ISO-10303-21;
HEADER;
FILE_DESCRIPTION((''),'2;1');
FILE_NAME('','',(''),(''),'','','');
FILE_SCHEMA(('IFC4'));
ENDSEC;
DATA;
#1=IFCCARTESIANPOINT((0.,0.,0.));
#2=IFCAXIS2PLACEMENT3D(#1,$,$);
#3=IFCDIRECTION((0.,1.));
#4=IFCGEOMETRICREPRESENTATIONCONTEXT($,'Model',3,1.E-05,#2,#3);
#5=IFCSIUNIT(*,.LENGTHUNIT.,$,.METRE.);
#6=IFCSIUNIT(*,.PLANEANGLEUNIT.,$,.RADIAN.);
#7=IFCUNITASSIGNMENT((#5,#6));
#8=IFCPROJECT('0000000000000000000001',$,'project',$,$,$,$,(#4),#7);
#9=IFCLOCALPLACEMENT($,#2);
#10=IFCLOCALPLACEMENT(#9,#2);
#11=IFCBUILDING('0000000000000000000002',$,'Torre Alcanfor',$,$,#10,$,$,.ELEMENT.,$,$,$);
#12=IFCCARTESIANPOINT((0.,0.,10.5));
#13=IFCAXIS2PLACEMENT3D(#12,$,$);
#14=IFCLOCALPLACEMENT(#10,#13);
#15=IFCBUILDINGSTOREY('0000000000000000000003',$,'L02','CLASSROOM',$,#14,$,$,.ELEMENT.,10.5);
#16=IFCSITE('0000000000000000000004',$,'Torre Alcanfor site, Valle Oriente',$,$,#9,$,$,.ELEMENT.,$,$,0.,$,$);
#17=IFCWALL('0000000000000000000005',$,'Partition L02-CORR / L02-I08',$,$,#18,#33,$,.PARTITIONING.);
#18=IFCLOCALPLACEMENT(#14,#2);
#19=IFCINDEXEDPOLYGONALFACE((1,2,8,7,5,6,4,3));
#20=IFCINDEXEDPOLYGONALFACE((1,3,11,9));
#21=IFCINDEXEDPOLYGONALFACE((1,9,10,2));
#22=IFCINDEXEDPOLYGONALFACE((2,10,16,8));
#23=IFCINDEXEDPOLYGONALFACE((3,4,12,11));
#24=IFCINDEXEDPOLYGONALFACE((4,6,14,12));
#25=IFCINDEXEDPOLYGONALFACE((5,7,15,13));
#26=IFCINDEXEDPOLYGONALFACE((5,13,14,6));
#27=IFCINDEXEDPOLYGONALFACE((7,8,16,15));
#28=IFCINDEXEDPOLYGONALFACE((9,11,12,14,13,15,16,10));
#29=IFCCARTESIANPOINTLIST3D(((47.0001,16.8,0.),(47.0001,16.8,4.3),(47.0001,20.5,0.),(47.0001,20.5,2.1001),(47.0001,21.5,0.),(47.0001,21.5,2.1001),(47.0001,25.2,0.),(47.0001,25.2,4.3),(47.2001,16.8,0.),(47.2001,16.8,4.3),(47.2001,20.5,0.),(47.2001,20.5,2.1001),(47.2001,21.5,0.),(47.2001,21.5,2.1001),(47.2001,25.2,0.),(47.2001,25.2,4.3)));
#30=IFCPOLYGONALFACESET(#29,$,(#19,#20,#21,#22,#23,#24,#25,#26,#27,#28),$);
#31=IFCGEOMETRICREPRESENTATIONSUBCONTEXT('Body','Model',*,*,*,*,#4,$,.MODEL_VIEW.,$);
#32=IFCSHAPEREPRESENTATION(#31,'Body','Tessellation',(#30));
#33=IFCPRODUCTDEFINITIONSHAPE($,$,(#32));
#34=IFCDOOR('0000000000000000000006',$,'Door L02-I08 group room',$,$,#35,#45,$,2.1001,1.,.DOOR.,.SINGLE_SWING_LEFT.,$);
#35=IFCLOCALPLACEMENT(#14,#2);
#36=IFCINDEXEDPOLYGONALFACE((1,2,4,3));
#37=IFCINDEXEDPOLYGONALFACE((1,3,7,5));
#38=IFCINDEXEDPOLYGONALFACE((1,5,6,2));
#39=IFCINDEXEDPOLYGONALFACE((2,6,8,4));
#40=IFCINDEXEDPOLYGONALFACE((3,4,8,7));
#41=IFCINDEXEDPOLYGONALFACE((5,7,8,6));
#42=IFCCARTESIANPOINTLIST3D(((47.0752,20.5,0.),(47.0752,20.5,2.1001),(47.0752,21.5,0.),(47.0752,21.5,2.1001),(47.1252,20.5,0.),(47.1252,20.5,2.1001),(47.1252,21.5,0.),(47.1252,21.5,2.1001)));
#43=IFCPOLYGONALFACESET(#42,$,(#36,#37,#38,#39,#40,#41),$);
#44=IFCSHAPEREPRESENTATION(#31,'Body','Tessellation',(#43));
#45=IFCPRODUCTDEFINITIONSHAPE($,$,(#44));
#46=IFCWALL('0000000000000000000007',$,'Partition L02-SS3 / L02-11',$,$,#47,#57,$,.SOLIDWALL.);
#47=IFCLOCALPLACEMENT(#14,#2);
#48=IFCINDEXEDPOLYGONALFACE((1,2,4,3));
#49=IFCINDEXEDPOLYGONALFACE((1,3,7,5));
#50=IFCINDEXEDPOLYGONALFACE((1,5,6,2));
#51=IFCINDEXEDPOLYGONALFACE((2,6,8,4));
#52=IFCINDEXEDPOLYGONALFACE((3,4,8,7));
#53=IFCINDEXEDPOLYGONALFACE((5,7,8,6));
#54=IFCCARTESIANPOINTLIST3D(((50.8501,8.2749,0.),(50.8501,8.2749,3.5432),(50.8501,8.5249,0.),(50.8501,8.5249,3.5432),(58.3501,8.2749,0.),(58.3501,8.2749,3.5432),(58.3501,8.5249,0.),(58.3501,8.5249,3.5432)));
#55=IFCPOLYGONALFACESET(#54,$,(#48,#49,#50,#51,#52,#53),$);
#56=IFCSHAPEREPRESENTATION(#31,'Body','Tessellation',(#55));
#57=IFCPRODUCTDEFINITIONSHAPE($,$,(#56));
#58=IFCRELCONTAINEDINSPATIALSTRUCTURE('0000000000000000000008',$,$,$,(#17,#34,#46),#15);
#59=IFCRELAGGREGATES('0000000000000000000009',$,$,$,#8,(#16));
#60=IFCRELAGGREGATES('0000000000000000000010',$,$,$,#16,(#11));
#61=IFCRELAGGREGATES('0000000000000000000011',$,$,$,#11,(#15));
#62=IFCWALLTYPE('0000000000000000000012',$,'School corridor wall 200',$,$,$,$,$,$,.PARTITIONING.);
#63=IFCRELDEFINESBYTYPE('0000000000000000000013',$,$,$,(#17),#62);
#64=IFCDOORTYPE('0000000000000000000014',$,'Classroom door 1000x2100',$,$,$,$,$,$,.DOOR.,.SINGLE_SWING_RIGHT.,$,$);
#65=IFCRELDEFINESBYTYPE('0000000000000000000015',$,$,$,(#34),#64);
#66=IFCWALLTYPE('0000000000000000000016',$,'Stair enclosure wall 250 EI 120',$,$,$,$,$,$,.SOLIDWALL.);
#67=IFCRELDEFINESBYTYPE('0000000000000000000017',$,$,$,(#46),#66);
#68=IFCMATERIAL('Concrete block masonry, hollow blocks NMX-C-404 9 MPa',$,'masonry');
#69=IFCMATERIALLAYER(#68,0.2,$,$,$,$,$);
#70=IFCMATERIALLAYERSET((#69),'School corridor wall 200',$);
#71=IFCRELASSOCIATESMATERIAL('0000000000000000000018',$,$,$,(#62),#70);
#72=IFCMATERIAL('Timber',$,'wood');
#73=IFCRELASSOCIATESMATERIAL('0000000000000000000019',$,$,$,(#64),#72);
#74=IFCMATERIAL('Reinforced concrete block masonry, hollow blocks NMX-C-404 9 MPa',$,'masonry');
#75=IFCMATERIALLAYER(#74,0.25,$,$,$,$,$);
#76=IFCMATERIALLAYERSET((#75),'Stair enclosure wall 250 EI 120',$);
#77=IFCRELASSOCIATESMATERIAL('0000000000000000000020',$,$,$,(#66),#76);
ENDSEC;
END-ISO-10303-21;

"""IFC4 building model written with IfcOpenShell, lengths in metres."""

from ifc_helpers import new_model, si_unit, direction, frame, frame_2d, origin, place, context, subcontext, project, spatial, rectangle, extrude, material, layer, layer_set, type_object, element, fill, save


model = new_model("IFC4")

# Units and contexts
model_context = context("Model", 3, precision=1e-05, world=origin(), true_north=direction((0.0, 1.0)))
body_context = subcontext(model_context, "Body", "Model", "MODEL_VIEW")
ifc_project = project(units=[si_unit("LENGTHUNIT", "METRE"), si_unit("PLANEANGLEUNIT", "RADIAN")], contexts=[model_context])

# Site, building, storey
site_placement = place(None, origin())
site = spatial("IfcSite", under=ifc_project, at=site_placement, Name="Torre Alcanfor site, Valle Oriente", CompositionType="ELEMENT", RefElevation=0.0)
building_placement = place(site_placement, origin())
building = spatial("IfcBuilding", under=site, at=building_placement, Name="Torre Alcanfor", CompositionType="ELEMENT")
storey_placement = place(building_placement, frame((0.0, 0.0, 10.5)))
storey = spatial("IfcBuildingStorey", under=building, at=storey_placement, Name="L02", Description="CLASSROOM", CompositionType="ELEMENT", Elevation=10.5)

# Wall, opening, door
ifc_material_1 = material(Name="Concrete block masonry, hollow blocks NMX-C-404 9 MPa", Category="masonry")
ifc_layer_1 = layer(ifc_material_1, 0.2)
ifc_layer_set_1 = layer_set([ifc_layer_1], Name="School corridor wall 200")
wall_type_1 = type_object("IfcWallType", Name="School corridor wall 200", PredefinedType="PARTITIONING", material=ifc_layer_set_1)
ifc_material_2 = material(Name="Timber", Category="wood")
door_type = type_object("IfcDoorType", Name="Classroom door 1000x2100", OperationType="SINGLE_SWING_RIGHT", PredefinedType="DOOR", material=ifc_material_2)
wall_1_placement = place(storey_placement, frame((47.1001, 16.8, 0.0), z_axis=(0.0, 0.0, 1.0), x_axis=(0.0, 1.0, 0.0)))
wall_1 = element("IfcWall", 1, at=wall_1_placement, inside=storey, type_object=wall_type_1, Name="Partition L02-CORR / L02-I08", PredefinedType="PARTITIONING", context=body_context, shape_type="SweptSolid", body=[
    extrude(rectangle(XDim=8.3999, YDim=0.2, at=frame_2d((4.2, 0.0))), origin(), (0.0, 0.0, 1.0), 4.3),
])
opening_1_placement = place(wall_1_placement, frame((3.7, 0.0, 0.0)))
opening_1 = element("IfcOpeningElement", 2, at=opening_1_placement, cuts=wall_1, PredefinedType="OPENING", context=body_context, shape_type="SweptSolid", body=[
    extrude(rectangle(XDim=1.0, YDim=2.1001, at=frame_2d((0.5, 1.05))), frame((0.0, 0.1099, 0.0), z_axis=(0.0, -1.0, 0.0), x_axis=(1.0, 0.0, 0.0)), (0.0, 0.0, 1.0), 0.22),
])
door_1_placement = place(opening_1_placement, origin())
door_1 = element("IfcDoor", 3, at=door_1_placement, inside=storey, type_object=door_type, Name="Door L02-I08 group room", OperationType="SINGLE_SWING_LEFT", OverallHeight=2.1001, OverallWidth=1.0, PredefinedType="DOOR", context=body_context, shape_type="SweptSolid", body=[
    extrude(rectangle(XDim=1.0, YDim=2.1001, at=frame_2d((0.5, 1.05))), frame((0.0, 0.0249, 0.0), z_axis=(0.0, -1.0, 0.0), x_axis=(1.0, 0.0, 0.0)), (0.0, 0.0, 1.0), 0.05),
])
fill(opening_1, door_1)

# Wall
ifc_material_3 = material(Name="Reinforced concrete block masonry, hollow blocks NMX-C-404 9 MPa", Category="masonry")
ifc_layer_2 = layer(ifc_material_3, 0.25)
ifc_layer_set_2 = layer_set([ifc_layer_2], Name="Stair enclosure wall 250 EI 120")
wall_type_2 = type_object("IfcWallType", Name="Stair enclosure wall 250 EI 120", PredefinedType="SOLIDWALL", material=ifc_layer_set_2)
wall_2_placement = place(storey_placement, frame((50.8501, 8.3999, 0.0), z_axis=(0.0, 0.0, 1.0), x_axis=(1.0, 0.0, 0.0)))
element("IfcWall", 4, at=wall_2_placement, inside=storey, type_object=wall_type_2, Name="Partition L02-SS3 / L02-11", PredefinedType="SOLIDWALL", context=body_context, shape_type="SweptSolid", body=[
    extrude(rectangle(XDim=7.5, YDim=0.25, at=frame_2d((3.75, 0.0))), origin(), (0.0, 0.0, 1.0), 3.5432),
])

save(model, "model.ifc")
